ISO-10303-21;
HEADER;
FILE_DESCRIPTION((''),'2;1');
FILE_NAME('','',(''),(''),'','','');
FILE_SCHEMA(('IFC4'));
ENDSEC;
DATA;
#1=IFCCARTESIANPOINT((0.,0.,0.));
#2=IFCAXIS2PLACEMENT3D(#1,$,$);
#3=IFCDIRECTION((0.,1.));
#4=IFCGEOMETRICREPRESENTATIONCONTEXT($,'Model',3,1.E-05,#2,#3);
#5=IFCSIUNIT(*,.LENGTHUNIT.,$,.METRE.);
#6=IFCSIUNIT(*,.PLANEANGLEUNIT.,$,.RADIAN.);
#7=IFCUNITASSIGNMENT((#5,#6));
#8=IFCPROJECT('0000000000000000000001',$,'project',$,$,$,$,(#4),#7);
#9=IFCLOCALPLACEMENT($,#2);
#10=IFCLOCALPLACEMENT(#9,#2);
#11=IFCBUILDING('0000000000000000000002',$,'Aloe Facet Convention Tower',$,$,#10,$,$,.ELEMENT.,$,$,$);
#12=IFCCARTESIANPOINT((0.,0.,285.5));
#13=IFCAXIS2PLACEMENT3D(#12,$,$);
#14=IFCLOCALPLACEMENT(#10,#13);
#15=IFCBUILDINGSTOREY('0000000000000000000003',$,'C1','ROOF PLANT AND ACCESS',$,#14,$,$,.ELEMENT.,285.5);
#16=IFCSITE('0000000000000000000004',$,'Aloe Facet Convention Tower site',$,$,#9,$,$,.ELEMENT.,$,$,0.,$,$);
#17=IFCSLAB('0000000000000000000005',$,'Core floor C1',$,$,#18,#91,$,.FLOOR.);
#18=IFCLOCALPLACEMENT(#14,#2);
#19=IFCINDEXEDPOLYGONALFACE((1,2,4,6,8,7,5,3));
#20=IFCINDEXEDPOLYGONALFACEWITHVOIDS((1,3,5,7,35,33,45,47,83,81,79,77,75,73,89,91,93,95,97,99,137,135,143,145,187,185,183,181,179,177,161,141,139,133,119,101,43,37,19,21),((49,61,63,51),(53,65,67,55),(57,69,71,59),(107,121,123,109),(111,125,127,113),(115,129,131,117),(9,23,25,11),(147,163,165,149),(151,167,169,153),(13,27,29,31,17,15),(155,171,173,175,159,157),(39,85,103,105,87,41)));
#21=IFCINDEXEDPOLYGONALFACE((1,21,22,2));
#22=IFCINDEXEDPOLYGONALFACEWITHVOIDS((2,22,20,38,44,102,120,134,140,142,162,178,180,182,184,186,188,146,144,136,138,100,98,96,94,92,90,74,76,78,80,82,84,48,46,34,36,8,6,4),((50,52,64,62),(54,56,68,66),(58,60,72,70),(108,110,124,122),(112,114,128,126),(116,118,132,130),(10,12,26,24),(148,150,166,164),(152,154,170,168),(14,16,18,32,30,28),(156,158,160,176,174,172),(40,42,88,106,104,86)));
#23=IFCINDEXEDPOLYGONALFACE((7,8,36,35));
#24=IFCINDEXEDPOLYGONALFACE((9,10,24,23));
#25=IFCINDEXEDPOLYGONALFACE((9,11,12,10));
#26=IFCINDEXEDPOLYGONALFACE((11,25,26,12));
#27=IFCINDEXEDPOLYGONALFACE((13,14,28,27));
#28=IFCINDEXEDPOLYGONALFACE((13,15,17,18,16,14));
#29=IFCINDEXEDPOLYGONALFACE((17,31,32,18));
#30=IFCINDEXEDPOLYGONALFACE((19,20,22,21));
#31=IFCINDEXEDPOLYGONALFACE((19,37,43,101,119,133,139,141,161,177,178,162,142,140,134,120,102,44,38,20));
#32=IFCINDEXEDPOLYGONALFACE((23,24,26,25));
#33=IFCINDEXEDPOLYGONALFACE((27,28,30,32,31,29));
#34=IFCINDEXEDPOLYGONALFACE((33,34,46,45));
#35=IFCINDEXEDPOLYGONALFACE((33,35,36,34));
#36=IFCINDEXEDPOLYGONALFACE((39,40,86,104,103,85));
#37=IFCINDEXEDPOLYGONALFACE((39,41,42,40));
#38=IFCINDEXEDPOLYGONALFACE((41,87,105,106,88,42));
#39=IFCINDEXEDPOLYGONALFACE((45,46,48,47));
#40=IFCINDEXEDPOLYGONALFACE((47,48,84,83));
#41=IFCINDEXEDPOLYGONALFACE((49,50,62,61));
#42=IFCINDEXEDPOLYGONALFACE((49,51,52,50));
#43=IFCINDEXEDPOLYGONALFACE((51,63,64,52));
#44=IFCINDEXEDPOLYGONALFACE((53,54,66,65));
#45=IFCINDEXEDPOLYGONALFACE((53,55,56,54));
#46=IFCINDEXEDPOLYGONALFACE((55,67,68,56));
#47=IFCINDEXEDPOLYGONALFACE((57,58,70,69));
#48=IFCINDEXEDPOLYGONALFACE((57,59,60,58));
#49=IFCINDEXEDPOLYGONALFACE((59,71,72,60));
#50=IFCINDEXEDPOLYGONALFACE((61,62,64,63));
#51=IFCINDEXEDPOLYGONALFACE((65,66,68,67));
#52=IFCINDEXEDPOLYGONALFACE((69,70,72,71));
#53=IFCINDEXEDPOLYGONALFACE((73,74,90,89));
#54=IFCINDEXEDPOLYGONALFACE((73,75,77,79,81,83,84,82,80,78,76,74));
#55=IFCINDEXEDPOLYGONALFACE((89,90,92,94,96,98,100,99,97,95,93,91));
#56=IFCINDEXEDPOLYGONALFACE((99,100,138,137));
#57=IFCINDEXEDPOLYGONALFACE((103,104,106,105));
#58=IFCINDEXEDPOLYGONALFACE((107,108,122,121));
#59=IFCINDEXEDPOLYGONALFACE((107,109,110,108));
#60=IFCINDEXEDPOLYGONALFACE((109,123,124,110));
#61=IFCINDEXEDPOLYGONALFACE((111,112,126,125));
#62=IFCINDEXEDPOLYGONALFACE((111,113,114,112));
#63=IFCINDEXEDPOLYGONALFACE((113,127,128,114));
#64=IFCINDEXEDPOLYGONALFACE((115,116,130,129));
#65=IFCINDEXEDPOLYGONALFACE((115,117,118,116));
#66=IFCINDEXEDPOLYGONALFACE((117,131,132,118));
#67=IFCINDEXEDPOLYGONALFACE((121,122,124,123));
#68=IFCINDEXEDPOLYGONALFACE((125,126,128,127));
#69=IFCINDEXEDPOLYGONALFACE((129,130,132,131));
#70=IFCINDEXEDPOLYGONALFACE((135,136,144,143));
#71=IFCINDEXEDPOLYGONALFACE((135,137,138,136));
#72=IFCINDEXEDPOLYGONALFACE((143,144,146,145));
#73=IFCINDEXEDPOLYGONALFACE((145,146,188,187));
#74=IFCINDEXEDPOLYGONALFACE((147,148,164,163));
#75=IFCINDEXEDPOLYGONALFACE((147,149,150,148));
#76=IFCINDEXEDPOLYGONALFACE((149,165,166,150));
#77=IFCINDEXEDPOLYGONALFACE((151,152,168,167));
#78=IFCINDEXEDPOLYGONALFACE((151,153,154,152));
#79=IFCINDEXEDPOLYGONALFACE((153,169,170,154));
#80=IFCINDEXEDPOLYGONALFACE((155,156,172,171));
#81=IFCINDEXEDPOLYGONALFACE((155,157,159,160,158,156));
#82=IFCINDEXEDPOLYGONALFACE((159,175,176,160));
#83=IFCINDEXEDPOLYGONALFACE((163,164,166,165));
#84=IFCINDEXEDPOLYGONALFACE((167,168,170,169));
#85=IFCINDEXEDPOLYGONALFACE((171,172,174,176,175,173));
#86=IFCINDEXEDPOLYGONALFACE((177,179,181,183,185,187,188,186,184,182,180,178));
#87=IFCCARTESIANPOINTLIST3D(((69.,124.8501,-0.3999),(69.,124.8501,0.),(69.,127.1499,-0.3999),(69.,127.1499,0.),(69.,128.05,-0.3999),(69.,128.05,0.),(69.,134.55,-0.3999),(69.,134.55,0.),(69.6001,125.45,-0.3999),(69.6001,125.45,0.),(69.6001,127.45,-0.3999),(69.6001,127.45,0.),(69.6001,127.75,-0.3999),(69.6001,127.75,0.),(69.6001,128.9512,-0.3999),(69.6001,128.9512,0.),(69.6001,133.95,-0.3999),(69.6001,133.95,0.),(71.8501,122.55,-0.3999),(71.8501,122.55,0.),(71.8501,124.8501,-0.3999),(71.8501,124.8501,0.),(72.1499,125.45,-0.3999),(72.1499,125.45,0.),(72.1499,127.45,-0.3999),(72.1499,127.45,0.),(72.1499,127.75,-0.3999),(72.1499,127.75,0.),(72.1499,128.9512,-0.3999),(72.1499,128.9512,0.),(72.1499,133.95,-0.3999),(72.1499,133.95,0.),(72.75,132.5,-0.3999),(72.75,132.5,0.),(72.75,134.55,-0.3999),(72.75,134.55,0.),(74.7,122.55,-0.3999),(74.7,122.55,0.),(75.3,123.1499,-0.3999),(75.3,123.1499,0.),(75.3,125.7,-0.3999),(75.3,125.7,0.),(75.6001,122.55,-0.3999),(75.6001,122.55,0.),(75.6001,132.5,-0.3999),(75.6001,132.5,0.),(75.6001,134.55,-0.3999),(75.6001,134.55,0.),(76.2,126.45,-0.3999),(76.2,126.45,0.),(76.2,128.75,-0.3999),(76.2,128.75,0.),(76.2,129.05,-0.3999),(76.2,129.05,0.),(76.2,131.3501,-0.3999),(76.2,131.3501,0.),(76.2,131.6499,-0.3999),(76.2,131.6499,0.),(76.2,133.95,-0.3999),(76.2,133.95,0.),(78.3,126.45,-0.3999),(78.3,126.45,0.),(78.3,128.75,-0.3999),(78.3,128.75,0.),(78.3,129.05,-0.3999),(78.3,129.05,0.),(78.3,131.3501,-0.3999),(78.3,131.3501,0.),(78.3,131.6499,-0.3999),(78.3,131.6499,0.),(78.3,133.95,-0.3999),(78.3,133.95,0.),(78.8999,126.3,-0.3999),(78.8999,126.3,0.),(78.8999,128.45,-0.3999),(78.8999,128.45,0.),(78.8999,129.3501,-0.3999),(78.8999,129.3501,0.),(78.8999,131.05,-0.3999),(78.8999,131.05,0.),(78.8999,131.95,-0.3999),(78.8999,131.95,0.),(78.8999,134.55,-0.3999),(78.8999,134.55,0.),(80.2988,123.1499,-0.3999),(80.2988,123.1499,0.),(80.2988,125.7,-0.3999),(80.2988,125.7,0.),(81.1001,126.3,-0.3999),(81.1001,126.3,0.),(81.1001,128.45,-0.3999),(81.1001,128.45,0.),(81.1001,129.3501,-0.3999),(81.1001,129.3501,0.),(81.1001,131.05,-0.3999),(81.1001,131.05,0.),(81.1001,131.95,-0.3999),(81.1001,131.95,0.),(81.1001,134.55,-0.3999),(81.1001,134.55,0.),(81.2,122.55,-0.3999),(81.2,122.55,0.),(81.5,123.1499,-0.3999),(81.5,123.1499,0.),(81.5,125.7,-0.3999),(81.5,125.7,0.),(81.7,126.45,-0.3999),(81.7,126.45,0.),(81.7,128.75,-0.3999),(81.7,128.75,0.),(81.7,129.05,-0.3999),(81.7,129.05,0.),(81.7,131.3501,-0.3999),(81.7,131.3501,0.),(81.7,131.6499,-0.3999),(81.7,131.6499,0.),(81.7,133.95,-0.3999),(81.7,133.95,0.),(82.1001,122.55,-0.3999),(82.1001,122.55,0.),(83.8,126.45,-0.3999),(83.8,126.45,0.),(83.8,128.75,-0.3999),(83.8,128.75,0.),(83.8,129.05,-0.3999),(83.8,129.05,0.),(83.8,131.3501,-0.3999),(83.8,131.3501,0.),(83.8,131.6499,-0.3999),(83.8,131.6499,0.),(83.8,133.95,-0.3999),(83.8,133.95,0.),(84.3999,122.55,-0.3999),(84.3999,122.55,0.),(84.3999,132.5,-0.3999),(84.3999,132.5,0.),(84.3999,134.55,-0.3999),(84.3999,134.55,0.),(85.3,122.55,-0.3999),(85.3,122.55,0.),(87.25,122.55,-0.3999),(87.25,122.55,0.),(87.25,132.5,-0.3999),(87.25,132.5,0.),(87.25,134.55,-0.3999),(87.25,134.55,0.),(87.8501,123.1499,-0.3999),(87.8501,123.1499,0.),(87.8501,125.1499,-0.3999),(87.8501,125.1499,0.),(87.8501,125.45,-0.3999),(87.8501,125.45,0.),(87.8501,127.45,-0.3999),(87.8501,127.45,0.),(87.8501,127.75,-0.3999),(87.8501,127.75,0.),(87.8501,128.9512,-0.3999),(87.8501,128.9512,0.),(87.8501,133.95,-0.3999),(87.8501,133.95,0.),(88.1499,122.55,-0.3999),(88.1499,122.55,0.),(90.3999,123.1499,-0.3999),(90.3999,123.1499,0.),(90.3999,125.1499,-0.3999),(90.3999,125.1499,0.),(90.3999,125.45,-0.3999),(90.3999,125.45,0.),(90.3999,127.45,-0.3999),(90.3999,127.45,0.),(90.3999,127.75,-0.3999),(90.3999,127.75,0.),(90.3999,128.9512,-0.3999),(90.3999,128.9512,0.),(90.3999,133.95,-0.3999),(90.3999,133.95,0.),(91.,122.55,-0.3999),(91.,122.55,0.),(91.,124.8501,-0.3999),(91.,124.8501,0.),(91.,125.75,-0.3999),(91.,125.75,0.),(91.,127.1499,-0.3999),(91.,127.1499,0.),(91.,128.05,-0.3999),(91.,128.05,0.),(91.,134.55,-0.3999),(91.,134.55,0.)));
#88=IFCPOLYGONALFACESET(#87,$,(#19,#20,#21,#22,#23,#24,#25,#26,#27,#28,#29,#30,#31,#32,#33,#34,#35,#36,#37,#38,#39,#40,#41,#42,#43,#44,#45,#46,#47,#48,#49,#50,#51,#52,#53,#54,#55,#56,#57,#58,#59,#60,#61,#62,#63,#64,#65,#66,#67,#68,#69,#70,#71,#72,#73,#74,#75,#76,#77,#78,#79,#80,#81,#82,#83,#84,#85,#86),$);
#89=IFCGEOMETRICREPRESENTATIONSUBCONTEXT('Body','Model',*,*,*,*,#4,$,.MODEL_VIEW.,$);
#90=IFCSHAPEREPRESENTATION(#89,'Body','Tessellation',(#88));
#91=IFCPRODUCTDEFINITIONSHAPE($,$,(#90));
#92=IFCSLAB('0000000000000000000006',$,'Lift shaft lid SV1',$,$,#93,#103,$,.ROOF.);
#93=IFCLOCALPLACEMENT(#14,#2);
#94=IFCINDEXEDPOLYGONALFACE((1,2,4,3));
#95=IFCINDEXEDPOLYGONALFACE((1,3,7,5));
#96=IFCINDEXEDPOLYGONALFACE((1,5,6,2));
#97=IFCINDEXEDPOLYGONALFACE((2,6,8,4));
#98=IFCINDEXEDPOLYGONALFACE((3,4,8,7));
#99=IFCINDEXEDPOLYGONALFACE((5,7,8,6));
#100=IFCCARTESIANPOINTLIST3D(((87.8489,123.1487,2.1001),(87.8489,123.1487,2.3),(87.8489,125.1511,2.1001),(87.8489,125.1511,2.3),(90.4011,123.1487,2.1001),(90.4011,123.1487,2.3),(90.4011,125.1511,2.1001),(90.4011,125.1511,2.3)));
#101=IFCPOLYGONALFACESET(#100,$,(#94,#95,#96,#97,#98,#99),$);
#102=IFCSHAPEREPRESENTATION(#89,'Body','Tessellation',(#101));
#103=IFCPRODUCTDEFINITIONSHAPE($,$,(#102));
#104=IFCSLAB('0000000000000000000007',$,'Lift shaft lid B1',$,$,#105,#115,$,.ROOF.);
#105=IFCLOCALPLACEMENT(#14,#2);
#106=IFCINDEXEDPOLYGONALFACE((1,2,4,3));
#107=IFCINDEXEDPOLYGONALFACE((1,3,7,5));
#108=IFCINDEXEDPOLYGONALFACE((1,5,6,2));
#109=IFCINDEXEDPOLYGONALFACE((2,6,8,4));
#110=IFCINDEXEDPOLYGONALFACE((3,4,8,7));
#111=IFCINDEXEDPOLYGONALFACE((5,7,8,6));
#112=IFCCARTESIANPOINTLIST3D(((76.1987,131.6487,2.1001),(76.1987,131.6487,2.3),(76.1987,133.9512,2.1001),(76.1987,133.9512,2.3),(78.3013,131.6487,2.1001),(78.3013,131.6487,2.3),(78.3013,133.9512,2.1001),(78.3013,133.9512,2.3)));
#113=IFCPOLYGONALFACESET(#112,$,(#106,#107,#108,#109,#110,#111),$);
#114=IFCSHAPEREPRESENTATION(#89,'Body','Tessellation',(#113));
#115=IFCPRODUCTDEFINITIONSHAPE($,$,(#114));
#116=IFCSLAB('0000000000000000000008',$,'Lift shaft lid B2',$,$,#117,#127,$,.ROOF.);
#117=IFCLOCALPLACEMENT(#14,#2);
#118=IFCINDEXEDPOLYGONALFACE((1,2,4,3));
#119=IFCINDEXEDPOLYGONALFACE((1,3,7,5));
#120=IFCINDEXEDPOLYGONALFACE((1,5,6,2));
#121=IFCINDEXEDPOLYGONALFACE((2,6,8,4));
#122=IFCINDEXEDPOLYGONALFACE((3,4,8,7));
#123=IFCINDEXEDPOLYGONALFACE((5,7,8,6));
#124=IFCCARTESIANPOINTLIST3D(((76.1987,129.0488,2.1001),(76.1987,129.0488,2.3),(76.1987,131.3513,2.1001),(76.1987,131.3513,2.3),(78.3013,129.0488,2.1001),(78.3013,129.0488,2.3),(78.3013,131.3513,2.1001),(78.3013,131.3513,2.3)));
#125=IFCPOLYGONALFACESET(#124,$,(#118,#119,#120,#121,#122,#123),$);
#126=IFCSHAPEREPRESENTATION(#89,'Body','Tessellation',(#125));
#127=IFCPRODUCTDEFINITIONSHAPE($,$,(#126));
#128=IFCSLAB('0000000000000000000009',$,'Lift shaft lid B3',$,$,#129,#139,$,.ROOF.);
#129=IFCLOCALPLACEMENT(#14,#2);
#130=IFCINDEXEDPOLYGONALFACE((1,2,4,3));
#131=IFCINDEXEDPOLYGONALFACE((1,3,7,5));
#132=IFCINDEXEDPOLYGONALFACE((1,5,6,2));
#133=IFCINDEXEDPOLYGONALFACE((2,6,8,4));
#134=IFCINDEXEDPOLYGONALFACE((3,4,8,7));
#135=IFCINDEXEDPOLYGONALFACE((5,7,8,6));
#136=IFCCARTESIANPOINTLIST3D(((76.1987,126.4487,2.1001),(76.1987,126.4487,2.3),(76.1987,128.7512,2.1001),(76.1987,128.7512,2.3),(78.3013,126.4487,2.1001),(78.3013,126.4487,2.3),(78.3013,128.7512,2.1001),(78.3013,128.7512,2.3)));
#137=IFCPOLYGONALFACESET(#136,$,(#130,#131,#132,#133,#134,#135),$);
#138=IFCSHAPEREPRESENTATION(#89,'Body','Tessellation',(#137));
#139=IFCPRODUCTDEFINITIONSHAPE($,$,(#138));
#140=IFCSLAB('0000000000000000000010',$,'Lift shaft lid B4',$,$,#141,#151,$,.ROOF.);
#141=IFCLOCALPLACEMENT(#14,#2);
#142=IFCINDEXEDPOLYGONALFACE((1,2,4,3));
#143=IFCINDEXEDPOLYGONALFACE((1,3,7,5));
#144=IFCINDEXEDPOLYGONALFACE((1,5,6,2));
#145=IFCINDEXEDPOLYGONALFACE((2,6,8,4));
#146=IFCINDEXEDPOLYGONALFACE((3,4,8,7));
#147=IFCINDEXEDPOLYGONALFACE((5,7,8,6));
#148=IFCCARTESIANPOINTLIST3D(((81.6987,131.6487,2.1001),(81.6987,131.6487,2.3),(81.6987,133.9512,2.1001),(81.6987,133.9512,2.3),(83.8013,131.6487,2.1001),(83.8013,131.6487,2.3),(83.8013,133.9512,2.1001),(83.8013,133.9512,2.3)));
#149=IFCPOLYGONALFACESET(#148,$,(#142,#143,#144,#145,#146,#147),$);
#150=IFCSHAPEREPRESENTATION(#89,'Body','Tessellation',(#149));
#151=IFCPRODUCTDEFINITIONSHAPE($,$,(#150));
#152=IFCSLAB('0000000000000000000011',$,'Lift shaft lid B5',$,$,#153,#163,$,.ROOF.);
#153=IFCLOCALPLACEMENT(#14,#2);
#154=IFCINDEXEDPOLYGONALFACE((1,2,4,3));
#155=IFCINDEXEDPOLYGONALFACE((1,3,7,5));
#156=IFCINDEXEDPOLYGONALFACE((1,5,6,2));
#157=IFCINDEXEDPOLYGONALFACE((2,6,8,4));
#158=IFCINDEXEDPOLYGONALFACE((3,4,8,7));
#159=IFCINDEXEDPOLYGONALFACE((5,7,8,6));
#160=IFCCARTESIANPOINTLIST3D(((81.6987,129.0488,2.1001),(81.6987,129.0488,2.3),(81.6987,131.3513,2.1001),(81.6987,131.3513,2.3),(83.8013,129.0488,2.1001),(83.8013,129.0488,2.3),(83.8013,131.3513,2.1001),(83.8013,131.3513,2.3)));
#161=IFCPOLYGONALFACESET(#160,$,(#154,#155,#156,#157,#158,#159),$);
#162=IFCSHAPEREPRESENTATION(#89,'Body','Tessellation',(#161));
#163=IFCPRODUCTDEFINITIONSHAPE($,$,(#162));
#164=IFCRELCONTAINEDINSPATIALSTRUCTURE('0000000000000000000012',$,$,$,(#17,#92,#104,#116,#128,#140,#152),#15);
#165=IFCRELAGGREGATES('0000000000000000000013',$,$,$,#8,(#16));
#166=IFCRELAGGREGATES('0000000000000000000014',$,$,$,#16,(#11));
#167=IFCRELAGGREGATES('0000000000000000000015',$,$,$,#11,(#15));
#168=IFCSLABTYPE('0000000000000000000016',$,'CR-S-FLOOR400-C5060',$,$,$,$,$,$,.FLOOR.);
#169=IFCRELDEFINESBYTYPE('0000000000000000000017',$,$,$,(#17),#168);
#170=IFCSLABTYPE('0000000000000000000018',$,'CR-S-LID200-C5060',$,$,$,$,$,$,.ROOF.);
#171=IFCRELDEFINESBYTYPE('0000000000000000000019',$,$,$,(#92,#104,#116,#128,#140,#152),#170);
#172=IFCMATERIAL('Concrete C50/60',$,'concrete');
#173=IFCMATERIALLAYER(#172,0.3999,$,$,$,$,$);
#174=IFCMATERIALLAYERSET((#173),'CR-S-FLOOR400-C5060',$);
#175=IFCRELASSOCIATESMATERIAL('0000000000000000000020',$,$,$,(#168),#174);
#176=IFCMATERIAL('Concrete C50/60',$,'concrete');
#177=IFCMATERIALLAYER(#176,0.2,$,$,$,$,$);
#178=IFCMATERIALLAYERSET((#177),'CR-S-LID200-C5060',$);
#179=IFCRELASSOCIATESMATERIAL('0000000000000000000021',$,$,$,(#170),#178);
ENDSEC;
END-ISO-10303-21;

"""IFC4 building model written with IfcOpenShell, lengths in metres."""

from ifc_helpers import new_model, si_unit, direction, frame, origin, place, context, subcontext, project, spatial, polyline, outline, extrude, material, layer, layer_set, type_object, element, save


model = new_model("IFC4")

# Units and contexts
model_context = context("Model", 3, precision=1e-05, world=origin(), true_north=direction((0.0, 1.0)))
body_context = subcontext(model_context, "Body", "Model", "MODEL_VIEW")
ifc_project = project(units=[si_unit("LENGTHUNIT", "METRE"), si_unit("PLANEANGLEUNIT", "RADIAN")], contexts=[model_context])

# Site, building, storey
site_placement = place(None, origin())
site = spatial("IfcSite", under=ifc_project, at=site_placement, Name="Aloe Facet Convention Tower site", CompositionType="ELEMENT", RefElevation=0.0)
building_placement = place(site_placement, origin())
building = spatial("IfcBuilding", under=site, at=building_placement, Name="Aloe Facet Convention Tower", CompositionType="ELEMENT")
storey_placement = place(building_placement, frame((0.0, 0.0, 285.5)))
storey = spatial("IfcBuildingStorey", under=building, at=storey_placement, Name="C1", Description="ROOF PLANT AND ACCESS", CompositionType="ELEMENT", Elevation=285.5)

# Slabs
ifc_material_1 = material(Name="Concrete C50/60", Category="concrete")
ifc_layer_1 = layer(ifc_material_1, 0.3999)
ifc_layer_set_1 = layer_set([ifc_layer_1], Name="CR-S-FLOOR400-C5060")
slab_type_1 = type_object("IfcSlabType", Name="CR-S-FLOOR400-C5060", PredefinedType="FLOOR", material=ifc_layer_set_1)
slab_1_placement = place(storey_placement, frame((0.0, 0.0, -0.3999)))
element("IfcSlab", 1, at=slab_1_placement, inside=storey, type_object=slab_type_1, Name="Core floor C1", PredefinedType="FLOOR", context=body_context, shape_type="SweptSolid", body=[
    extrude(outline(polyline([(87.25, 134.55), (91.0, 134.55), (91.0, 128.05), (91.0, 127.1499), (91.0, 125.75), (91.0, 124.8501), (91.0, 122.55), (88.1499, 122.55), (87.25, 122.55), (85.3, 122.55), (84.3999, 122.55), (82.1001, 122.55), (81.2, 122.55), (75.6001, 122.55), (74.7, 122.55), (71.8501, 122.55), (71.8501, 124.8501), (69.0, 124.8501), (69.0, 127.1499), (69.0, 128.05), (69.0, 134.55), (72.75, 134.55), (72.75, 132.5), (75.6001, 132.5), (75.6001, 134.55), (78.8999, 134.55), (78.8999, 131.95), (78.8999, 131.05), (78.8999, 129.3501), (78.8999, 128.45), (78.8999, 126.3), (81.1001, 126.3), (81.1001, 128.45), (81.1001, 129.3501), (81.1001, 131.05), (81.1001, 131.95), (81.1001, 134.55), (84.3999, 134.55), (84.3999, 132.5), (87.25, 132.5), (87.25, 134.55)]), holes=[polyline([(80.2988, 123.1499), (81.5, 123.1499), (81.5, 125.7), (80.2988, 125.7), (75.3, 125.7), (75.3, 123.1499), (80.2988, 123.1499)]), polyline([(69.6001, 125.45), (72.1499, 125.45), (72.1499, 127.45), (69.6001, 127.45), (69.6001, 125.45)]), polyline([(76.2, 126.45), (78.3, 126.45), (78.3, 128.75), (76.2, 128.75), (76.2, 126.45)]), polyline([(78.3, 129.05), (78.3, 131.3501), (76.2, 131.3501), (76.2, 129.05), (78.3, 129.05)]), polyline([(69.6001, 133.95), (69.6001, 128.9512), (69.6001, 127.75), (72.1499, 127.75), (72.1499, 128.9512), (72.1499, 133.95), (69.6001, 133.95)]), polyline([(76.2, 131.6499), (78.3, 131.6499), (78.3, 133.95), (76.2, 133.95), (76.2, 131.6499)]), polyline([(90.3999, 123.1499), (90.3999, 125.1499), (87.8501, 125.1499), (87.8501, 123.1499), (90.3999, 123.1499)]), polyline([(87.8501, 125.45), (90.3999, 125.45), (90.3999, 127.45), (87.8501, 127.45), (87.8501, 125.45)]), polyline([(81.7, 126.45), (83.8, 126.45), (83.8, 128.75), (81.7, 128.75), (81.7, 126.45)]), polyline([(83.8, 129.05), (83.8, 131.3501), (81.7, 131.3501), (81.7, 129.05), (83.8, 129.05)]), polyline([(87.8501, 133.95), (87.8501, 128.9512), (87.8501, 127.75), (90.3999, 127.75), (90.3999, 128.9512), (90.3999, 133.95), (87.8501, 133.95)]), polyline([(81.7, 131.6499), (83.8, 131.6499), (83.8, 133.95), (81.7, 133.95), (81.7, 131.6499)])]), origin(), (0.0, 0.0, 1.0), 0.3999),
])
ifc_material_2 = material(Name="Concrete C50/60", Category="concrete")
ifc_layer_2 = layer(ifc_material_2, 0.2)
ifc_layer_set_2 = layer_set([ifc_layer_2], Name="CR-S-LID200-C5060")
slab_type_2 = type_object("IfcSlabType", Name="CR-S-LID200-C5060", PredefinedType="ROOF", material=ifc_layer_set_2)
slab_2_placement = place(storey_placement, frame((0.0, 0.0, 2.1001)))
element("IfcSlab", 2, at=slab_2_placement, inside=storey, type_object=slab_type_2, Name="Lift shaft lid SV1", PredefinedType="ROOF", context=body_context, shape_type="SweptSolid", body=[
    extrude(outline(polyline([(90.4011, 125.1511), (90.4011, 123.1487), (87.8489, 123.1487), (87.8489, 125.1511), (90.4011, 125.1511)])), origin(), (0.0, 0.0, 1.0), 0.2),
])
slab_3_placement = place(storey_placement, frame((0.0, 0.0, 2.1001)))
element("IfcSlab", 3, at=slab_3_placement, inside=storey, type_object=slab_type_2, Name="Lift shaft lid B1", PredefinedType="ROOF", context=body_context, shape_type="SweptSolid", body=[
    extrude(outline(polyline([(78.3013, 133.9512), (78.3013, 131.6487), (76.1987, 131.6487), (76.1987, 133.9512), (78.3013, 133.9512)])), origin(), (0.0, 0.0, 1.0), 0.2),
])
slab_4_placement = place(storey_placement, frame((0.0, 0.0, 2.1001)))
element("IfcSlab", 4, at=slab_4_placement, inside=storey, type_object=slab_type_2, Name="Lift shaft lid B2", PredefinedType="ROOF", context=body_context, shape_type="SweptSolid", body=[
    extrude(outline(polyline([(78.3013, 131.3513), (78.3013, 129.0488), (76.1987, 129.0488), (76.1987, 131.3513), (78.3013, 131.3513)])), origin(), (0.0, 0.0, 1.0), 0.2),
])
slab_5_placement = place(storey_placement, frame((0.0, 0.0, 2.1001)))
element("IfcSlab", 5, at=slab_5_placement, inside=storey, type_object=slab_type_2, Name="Lift shaft lid B3", PredefinedType="ROOF", context=body_context, shape_type="SweptSolid", body=[
    extrude(outline(polyline([(78.3013, 128.7512), (78.3013, 126.4487), (76.1987, 126.4487), (76.1987, 128.7512), (78.3013, 128.7512)])), origin(), (0.0, 0.0, 1.0), 0.2),
])
slab_6_placement = place(storey_placement, frame((0.0, 0.0, 2.1001)))
element("IfcSlab", 6, at=slab_6_placement, inside=storey, type_object=slab_type_2, Name="Lift shaft lid B4", PredefinedType="ROOF", context=body_context, shape_type="SweptSolid", body=[
    extrude(outline(polyline([(83.8013, 133.9512), (83.8013, 131.6487), (81.6987, 131.6487), (81.6987, 133.9512), (83.8013, 133.9512)])), origin(), (0.0, 0.0, 1.0), 0.2),
])
slab_7_placement = place(storey_placement, frame((0.0, 0.0, 2.1001)))
element("IfcSlab", 7, at=slab_7_placement, inside=storey, type_object=slab_type_2, Name="Lift shaft lid B5", PredefinedType="ROOF", context=body_context, shape_type="SweptSolid", body=[
    extrude(outline(polyline([(83.8013, 131.3513), (83.8013, 129.0488), (81.6987, 129.0488), (81.6987, 131.3513), (83.8013, 131.3513)])), origin(), (0.0, 0.0, 1.0), 0.2),
])

save(model, "model.ifc")
